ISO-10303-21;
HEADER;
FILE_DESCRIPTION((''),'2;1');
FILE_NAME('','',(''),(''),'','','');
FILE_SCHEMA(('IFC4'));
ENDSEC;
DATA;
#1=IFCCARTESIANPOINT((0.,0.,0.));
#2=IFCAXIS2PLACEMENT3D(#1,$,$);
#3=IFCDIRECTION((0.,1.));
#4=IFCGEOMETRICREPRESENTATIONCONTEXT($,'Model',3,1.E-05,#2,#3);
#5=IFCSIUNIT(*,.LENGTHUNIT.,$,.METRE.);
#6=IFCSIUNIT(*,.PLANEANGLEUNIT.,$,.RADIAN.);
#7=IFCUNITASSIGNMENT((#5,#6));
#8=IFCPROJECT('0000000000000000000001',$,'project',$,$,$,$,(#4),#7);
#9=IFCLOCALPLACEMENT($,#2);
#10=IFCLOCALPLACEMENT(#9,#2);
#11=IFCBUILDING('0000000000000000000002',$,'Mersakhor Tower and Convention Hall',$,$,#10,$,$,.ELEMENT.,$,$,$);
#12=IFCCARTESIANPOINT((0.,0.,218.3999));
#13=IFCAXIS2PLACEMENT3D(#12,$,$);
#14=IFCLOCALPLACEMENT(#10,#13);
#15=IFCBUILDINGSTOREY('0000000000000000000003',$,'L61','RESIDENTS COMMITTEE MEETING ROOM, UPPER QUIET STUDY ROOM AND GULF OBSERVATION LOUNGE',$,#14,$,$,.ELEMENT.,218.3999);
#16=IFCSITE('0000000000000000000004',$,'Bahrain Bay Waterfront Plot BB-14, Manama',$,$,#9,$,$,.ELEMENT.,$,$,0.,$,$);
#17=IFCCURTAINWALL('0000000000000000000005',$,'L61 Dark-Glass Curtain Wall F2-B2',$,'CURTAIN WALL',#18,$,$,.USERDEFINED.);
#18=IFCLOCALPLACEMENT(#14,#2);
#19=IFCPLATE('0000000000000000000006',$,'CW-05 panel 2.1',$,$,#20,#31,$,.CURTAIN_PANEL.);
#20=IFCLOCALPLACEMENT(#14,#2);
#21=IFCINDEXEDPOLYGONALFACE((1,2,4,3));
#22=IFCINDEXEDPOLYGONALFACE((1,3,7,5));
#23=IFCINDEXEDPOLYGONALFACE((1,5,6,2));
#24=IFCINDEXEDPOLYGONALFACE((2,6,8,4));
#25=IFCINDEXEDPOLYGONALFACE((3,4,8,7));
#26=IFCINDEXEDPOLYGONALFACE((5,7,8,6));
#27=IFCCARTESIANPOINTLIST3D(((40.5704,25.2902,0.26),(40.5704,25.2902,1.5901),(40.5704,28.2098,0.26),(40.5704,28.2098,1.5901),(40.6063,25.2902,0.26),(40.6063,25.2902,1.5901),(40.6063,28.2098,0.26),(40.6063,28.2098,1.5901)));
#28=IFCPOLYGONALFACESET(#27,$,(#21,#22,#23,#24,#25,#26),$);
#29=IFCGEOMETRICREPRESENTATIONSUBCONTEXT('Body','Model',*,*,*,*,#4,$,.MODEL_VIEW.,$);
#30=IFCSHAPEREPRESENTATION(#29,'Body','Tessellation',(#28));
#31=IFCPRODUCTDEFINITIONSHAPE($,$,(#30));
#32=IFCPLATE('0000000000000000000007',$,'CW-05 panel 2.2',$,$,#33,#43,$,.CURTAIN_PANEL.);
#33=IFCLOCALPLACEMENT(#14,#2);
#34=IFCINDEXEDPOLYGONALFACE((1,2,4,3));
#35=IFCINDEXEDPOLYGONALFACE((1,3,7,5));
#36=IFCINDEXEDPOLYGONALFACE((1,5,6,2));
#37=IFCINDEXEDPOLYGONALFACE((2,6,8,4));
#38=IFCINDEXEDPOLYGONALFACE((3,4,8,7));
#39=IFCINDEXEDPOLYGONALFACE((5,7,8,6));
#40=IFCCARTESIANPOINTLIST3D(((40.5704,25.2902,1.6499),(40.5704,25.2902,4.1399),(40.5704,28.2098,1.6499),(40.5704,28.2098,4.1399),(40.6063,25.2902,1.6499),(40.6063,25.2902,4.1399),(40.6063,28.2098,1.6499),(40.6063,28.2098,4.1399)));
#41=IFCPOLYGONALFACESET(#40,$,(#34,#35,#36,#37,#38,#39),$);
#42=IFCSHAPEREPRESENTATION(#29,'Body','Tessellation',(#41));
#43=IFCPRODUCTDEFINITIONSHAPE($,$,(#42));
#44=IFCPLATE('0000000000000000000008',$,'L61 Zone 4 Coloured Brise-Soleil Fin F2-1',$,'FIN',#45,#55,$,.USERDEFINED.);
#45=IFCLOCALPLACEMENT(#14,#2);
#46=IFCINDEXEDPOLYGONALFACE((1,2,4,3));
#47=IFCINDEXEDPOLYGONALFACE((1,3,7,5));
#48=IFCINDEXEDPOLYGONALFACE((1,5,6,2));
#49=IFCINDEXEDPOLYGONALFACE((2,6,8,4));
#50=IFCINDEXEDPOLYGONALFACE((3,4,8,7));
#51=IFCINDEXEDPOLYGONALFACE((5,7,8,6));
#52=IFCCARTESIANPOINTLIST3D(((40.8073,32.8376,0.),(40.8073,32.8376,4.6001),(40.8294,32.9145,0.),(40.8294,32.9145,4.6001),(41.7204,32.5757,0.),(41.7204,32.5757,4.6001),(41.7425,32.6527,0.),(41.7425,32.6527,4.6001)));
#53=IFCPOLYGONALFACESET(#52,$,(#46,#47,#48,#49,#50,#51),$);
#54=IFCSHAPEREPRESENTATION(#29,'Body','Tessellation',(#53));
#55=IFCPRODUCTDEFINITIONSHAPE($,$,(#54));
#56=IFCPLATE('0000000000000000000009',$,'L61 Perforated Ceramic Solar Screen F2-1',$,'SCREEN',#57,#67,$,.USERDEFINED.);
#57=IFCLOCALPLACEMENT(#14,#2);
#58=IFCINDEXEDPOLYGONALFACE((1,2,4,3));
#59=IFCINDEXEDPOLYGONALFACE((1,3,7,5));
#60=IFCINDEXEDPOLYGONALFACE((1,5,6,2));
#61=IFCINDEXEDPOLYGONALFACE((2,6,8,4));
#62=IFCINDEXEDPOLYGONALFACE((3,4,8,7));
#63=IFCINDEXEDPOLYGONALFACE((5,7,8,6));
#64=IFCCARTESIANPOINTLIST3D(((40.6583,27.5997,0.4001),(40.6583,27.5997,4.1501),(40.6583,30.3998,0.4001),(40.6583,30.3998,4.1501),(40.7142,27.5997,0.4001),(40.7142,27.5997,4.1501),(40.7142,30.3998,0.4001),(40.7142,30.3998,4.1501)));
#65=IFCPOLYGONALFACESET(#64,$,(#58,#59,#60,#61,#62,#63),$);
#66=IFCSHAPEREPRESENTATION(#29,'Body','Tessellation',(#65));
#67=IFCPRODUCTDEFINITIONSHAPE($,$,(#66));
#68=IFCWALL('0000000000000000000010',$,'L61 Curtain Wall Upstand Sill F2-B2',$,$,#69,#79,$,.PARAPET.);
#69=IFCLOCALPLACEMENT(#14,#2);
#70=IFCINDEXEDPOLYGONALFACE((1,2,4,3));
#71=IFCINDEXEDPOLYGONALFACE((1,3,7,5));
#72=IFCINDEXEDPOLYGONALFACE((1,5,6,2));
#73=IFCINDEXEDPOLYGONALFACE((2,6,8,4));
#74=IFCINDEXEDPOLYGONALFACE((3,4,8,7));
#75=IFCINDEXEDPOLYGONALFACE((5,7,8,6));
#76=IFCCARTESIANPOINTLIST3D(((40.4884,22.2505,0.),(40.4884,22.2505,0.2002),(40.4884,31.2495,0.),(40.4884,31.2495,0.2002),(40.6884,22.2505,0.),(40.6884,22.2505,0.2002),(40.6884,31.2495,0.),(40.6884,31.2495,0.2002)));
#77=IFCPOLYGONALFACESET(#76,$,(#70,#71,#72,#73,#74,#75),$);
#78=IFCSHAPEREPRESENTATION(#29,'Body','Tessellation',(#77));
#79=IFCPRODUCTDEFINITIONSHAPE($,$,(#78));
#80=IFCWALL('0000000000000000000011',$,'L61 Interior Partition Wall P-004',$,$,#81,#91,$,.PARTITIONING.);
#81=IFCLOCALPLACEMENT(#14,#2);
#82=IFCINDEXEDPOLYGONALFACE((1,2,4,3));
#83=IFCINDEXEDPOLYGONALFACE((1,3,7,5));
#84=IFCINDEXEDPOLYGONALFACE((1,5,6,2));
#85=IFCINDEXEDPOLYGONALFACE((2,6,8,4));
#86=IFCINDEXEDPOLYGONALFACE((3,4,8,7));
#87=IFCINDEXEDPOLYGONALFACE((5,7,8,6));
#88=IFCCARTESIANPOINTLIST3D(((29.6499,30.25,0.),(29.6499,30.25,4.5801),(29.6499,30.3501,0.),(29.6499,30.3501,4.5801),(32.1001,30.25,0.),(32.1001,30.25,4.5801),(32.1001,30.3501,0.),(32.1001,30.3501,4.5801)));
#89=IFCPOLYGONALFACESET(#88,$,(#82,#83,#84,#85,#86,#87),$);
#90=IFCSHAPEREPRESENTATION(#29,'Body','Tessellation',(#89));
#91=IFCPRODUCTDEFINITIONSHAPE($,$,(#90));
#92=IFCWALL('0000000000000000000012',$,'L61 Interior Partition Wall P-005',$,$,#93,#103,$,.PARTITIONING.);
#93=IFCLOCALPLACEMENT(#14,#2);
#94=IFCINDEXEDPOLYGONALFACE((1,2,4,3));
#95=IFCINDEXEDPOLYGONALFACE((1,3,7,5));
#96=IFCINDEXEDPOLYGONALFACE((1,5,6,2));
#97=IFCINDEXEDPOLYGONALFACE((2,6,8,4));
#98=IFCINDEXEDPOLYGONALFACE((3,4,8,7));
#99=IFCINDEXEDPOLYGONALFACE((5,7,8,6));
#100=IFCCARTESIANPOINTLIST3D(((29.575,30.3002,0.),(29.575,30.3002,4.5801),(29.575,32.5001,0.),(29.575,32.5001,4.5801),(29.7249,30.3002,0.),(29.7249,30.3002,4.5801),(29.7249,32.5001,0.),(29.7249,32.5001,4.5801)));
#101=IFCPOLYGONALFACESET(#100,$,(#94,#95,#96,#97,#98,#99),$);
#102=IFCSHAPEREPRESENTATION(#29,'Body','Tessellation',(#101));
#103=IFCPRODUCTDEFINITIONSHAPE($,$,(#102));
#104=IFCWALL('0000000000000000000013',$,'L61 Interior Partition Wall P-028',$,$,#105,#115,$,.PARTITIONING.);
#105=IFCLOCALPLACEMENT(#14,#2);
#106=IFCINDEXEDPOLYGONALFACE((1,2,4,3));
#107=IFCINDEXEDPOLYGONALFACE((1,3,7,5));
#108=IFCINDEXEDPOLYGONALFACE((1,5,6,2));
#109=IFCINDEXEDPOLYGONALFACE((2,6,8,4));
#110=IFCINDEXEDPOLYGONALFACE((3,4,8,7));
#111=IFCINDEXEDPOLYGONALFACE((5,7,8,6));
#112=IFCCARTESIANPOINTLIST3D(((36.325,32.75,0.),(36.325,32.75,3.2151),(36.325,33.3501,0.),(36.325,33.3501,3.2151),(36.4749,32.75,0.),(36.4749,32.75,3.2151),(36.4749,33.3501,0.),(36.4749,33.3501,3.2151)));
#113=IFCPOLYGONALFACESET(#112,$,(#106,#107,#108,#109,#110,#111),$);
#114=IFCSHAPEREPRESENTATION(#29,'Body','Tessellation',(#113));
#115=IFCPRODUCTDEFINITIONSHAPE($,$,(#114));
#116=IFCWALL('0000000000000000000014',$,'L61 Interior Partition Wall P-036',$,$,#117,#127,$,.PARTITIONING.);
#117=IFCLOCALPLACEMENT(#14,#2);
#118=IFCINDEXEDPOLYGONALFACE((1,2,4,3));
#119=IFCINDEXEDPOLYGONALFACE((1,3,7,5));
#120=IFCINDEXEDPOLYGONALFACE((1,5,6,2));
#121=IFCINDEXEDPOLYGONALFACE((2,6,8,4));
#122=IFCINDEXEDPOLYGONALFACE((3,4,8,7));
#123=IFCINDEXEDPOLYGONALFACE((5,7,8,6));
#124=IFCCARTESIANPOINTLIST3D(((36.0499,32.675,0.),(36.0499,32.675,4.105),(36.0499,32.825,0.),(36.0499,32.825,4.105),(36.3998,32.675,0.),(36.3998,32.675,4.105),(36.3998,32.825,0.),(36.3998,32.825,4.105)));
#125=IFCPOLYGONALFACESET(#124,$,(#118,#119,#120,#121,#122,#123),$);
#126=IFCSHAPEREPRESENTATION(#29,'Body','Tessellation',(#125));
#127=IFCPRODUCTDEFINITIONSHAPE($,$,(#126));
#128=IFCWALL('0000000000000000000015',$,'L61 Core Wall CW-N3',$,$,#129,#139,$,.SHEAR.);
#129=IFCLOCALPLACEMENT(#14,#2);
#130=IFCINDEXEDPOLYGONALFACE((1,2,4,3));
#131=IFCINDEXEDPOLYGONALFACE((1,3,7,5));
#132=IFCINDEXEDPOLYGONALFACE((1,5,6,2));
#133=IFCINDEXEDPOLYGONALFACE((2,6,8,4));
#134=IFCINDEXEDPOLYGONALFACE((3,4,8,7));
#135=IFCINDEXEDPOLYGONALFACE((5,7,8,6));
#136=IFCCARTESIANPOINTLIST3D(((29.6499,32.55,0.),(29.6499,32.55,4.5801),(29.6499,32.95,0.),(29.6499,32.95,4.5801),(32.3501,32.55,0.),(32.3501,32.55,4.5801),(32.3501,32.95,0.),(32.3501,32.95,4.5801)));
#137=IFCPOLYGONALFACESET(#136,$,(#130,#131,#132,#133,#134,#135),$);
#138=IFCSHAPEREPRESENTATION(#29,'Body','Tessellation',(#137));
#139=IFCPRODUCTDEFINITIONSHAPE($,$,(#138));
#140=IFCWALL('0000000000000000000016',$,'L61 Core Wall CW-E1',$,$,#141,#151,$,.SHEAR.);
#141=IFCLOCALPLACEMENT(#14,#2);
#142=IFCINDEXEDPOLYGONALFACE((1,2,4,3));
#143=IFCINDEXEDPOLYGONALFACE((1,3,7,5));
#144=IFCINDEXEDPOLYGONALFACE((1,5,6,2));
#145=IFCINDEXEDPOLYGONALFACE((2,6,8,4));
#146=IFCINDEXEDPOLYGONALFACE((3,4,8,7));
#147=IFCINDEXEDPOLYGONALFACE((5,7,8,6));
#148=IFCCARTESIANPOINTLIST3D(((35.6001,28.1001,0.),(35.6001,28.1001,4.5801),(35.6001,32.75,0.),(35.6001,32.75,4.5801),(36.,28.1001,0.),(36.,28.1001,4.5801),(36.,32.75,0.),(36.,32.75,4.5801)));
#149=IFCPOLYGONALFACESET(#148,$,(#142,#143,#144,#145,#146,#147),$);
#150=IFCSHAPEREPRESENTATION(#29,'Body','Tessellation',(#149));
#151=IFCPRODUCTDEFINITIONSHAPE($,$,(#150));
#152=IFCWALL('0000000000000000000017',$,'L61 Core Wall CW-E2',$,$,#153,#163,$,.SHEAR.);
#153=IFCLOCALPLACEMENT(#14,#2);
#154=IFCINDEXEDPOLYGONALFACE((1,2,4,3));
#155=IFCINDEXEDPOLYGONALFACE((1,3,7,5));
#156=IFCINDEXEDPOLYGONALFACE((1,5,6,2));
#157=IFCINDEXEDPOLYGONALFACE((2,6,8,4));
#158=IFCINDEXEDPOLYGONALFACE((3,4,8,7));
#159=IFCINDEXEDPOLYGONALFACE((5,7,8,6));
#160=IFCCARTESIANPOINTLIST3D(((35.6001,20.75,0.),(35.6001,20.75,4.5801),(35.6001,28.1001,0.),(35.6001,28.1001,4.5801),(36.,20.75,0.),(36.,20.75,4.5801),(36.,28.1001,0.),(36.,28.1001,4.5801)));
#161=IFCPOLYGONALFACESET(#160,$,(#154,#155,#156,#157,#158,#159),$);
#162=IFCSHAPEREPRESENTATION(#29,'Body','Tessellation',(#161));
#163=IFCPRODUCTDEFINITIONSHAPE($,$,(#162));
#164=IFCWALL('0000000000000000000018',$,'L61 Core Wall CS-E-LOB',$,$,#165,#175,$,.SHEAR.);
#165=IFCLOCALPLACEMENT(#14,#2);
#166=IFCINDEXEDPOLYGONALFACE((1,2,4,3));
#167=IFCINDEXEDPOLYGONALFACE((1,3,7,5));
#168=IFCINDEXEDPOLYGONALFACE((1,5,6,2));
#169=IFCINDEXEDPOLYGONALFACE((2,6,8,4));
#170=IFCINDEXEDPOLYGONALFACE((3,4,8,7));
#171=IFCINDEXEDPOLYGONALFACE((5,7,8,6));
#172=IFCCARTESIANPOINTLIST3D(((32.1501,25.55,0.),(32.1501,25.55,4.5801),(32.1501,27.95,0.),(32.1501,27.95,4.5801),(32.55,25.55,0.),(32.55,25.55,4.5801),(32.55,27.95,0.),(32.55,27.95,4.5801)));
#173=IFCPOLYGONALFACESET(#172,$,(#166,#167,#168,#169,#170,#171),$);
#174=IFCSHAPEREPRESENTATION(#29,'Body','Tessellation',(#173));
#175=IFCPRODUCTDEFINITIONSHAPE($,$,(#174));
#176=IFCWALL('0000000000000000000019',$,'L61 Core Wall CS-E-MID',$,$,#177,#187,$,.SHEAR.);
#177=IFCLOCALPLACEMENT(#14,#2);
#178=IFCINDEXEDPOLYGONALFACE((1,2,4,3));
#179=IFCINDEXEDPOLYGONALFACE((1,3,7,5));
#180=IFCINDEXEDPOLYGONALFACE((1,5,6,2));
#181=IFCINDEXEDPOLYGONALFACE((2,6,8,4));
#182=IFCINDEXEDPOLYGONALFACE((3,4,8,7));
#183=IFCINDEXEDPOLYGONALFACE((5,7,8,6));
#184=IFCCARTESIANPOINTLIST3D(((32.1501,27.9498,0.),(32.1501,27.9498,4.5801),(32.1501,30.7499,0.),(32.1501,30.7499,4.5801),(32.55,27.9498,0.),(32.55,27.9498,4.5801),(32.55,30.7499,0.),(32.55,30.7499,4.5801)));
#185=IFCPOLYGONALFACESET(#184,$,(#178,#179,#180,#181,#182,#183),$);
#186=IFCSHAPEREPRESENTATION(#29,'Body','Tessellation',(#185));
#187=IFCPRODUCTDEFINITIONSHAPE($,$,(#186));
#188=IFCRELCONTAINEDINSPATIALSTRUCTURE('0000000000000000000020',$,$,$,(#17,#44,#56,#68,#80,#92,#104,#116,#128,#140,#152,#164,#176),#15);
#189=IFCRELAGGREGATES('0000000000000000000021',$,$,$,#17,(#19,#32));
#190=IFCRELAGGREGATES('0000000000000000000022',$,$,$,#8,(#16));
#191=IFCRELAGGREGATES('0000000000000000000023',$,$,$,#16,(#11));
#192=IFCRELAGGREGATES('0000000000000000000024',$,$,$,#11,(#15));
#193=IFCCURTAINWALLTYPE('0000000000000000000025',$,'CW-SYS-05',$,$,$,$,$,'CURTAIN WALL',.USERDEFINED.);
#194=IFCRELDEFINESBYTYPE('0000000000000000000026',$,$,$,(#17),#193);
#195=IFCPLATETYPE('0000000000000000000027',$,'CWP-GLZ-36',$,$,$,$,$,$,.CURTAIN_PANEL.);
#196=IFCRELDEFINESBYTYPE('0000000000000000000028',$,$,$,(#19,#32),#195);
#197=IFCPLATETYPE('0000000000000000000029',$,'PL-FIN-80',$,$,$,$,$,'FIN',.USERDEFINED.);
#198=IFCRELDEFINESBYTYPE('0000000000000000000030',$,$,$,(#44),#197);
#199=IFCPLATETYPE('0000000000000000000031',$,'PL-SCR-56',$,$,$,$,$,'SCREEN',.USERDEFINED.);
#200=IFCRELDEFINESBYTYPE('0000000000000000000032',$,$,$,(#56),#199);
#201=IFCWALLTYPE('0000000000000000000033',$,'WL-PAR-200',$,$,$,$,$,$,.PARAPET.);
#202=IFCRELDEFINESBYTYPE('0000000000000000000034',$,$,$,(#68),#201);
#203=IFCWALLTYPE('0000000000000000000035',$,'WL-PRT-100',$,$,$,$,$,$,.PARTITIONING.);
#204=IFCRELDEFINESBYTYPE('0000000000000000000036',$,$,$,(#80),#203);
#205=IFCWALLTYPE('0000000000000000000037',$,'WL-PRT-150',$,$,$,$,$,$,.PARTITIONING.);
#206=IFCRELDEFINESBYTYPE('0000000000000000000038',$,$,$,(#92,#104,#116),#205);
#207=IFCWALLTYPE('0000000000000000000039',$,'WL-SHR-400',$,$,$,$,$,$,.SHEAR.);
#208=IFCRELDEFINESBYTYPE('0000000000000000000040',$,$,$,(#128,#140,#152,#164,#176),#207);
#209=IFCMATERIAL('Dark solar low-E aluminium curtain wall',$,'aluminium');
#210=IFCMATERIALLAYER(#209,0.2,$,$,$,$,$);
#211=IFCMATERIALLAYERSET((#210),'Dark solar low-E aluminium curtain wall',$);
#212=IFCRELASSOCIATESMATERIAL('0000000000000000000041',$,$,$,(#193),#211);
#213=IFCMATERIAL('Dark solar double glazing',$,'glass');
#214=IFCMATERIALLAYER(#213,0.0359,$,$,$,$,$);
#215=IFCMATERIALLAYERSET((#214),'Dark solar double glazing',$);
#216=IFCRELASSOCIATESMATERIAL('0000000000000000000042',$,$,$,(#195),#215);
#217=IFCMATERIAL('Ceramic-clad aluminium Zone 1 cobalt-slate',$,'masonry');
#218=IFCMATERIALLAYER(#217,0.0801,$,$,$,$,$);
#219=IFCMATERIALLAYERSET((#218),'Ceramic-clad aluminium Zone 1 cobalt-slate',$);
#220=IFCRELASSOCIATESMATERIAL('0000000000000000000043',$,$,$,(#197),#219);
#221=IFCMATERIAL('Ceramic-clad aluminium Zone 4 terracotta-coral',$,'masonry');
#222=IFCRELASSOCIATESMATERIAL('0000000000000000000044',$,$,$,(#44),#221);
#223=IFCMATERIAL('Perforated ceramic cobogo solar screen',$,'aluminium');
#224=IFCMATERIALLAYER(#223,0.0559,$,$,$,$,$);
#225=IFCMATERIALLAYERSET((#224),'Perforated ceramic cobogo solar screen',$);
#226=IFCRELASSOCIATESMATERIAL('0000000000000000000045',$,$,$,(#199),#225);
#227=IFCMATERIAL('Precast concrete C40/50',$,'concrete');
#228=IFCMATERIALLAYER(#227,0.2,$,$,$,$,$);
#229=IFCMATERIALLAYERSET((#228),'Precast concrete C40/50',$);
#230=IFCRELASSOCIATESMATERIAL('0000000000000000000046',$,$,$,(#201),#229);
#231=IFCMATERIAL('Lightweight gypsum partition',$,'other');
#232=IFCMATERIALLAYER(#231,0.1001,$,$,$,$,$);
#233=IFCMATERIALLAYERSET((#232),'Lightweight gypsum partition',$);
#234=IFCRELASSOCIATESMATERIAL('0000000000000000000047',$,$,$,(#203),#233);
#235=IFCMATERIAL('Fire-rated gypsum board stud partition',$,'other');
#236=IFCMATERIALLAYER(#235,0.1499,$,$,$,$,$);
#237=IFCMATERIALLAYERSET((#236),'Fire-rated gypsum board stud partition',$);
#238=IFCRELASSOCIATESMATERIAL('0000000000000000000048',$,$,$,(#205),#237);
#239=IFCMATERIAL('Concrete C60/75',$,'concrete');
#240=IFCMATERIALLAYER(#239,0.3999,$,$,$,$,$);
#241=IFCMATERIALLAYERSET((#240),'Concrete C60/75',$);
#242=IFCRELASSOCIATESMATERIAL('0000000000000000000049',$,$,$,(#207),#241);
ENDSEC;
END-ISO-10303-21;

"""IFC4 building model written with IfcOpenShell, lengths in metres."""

from ifc_helpers import new_model, si_unit, direction, frame, frame_2d, origin, origin_2d, place, context, subcontext, project, spatial, rectangle, extrude, material, layer, layer_set, type_object, element, aggregate, save


model = new_model("IFC4")

# Units and contexts
model_context = context("Model", 3, precision=1e-05, world=origin(), true_north=direction((0.0, 1.0)))
body_context = subcontext(model_context, "Body", "Model", "MODEL_VIEW")
ifc_project = project(units=[si_unit("LENGTHUNIT", "METRE"), si_unit("PLANEANGLEUNIT", "RADIAN")], contexts=[model_context])

# Site, building, storey
site_placement = place(None, origin())
site = spatial("IfcSite", under=ifc_project, at=site_placement, Name="Bahrain Bay Waterfront Plot BB-14, Manama", CompositionType="ELEMENT", RefElevation=0.0)
building_placement = place(site_placement, origin())
building = spatial("IfcBuilding", under=site, at=building_placement, Name="Mersakhor Tower and Convention Hall", CompositionType="ELEMENT")
storey_placement = place(building_placement, frame((0.0, 0.0, 218.3999)))
storey = spatial("IfcBuildingStorey", under=building, at=storey_placement, Name="L61", Description="RESIDENTS COMMITTEE MEETING ROOM, UPPER QUIET STUDY ROOM AND GULF OBSERVATION LOUNGE", CompositionType="ELEMENT", Elevation=218.3999)

# Curtain wall, plates
ifc_material_1 = material(Name="Dark solar low-E aluminium curtain wall", Category="aluminium")
ifc_layer_1 = layer(ifc_material_1, 0.2)
ifc_layer_set_1 = layer_set([ifc_layer_1], Name="Dark solar low-E aluminium curtain wall")
curtain_wall_type = type_object("IfcCurtainWallType", Name="CW-SYS-05", ElementType="CURTAIN WALL", PredefinedType="USERDEFINED", material=ifc_layer_set_1)
curtain_wall_placement = place(storey_placement, origin())
curtain_wall = element("IfcCurtainWall", 1, at=curtain_wall_placement, inside=storey, type_object=curtain_wall_type, Name="L61 Dark-Glass Curtain Wall F2-B2", ObjectType="CURTAIN WALL", PredefinedType="USERDEFINED")
ifc_material_2 = material(Name="Dark solar double glazing", Category="glass")
ifc_layer_2 = layer(ifc_material_2, 0.0359)
ifc_layer_set_2 = layer_set([ifc_layer_2], Name="Dark solar double glazing")
plate_type_1 = type_object("IfcPlateType", Name="CWP-GLZ-36", PredefinedType="CURTAIN_PANEL", material=ifc_layer_set_2)
plate_1_placement = place(storey_placement, frame((40.5884, 26.75, 0.26), z_axis=(0.0, 0.0, 1.0), x_axis=(0.0, -1.0, 0.0)))
plate_1 = element("IfcPlate", 2, at=plate_1_placement, type_object=plate_type_1, Name="CW-05 panel 2.1", PredefinedType="CURTAIN_PANEL", context=body_context, shape_type="SweptSolid", body=[
    extrude(rectangle(XDim=2.9197, YDim=0.0359, at=origin_2d()), origin(), (0.0, 0.0, 1.0), 1.3301),
])
plate_2_placement = place(storey_placement, frame((40.5884, 26.75, 1.6499), z_axis=(0.0, 0.0, 1.0), x_axis=(0.0, -1.0, 0.0)))
plate_2 = element("IfcPlate", 3, at=plate_2_placement, type_object=plate_type_1, Name="CW-05 panel 2.2", PredefinedType="CURTAIN_PANEL", context=body_context, shape_type="SweptSolid", body=[
    extrude(rectangle(XDim=2.9197, YDim=0.0359, at=origin_2d()), origin(), (0.0, 0.0, 1.0), 2.49),
])
aggregate(curtain_wall, [plate_1, plate_2])

# Plates
ifc_material_3 = material(Name="Ceramic-clad aluminium Zone 4 terracotta-coral", Category="masonry")
ifc_material_4 = material(Name="Ceramic-clad aluminium Zone 1 cobalt-slate", Category="masonry")
ifc_layer_3 = layer(ifc_material_4, 0.0801)
ifc_layer_set_3 = layer_set([ifc_layer_3], Name="Ceramic-clad aluminium Zone 1 cobalt-slate")
plate_type_2 = type_object("IfcPlateType", Name="PL-FIN-80", ElementType="FIN", PredefinedType="USERDEFINED", material=ifc_layer_set_3)
plate_3_placement = place(storey_placement, frame((41.2749, 32.7451, 0.0), z_axis=(0.0, 0.0, 1.0), x_axis=(0.961262, -0.275637, 0.0)))
element("IfcPlate", 4, at=plate_3_placement, inside=storey, type_object=plate_type_2, material=ifc_material_3, Name="L61 Zone 4 Coloured Brise-Soleil Fin F2-1", ObjectType="FIN", PredefinedType="USERDEFINED", context=body_context, shape_type="SweptSolid", body=[
    extrude(rectangle(XDim=0.95, YDim=0.0801, at=origin_2d()), origin(), (0.0, 0.0, 1.0), 4.6001),
])
ifc_material_5 = material(Name="Perforated ceramic cobogo solar screen", Category="aluminium")
ifc_layer_4 = layer(ifc_material_5, 0.0559)
ifc_layer_set_4 = layer_set([ifc_layer_4], Name="Perforated ceramic cobogo solar screen")
plate_type_3 = type_object("IfcPlateType", Name="PL-SCR-56", ElementType="SCREEN", PredefinedType="USERDEFINED", material=ifc_layer_set_4)
plate_4_placement = place(storey_placement, frame((40.6863, 28.9998, 0.4001), z_axis=(0.0, 0.0, 1.0), x_axis=(0.0, -1.0, 0.0)))
element("IfcPlate", 5, at=plate_4_placement, inside=storey, type_object=plate_type_3, Name="L61 Perforated Ceramic Solar Screen F2-1", ObjectType="SCREEN", PredefinedType="USERDEFINED", context=body_context, shape_type="SweptSolid", body=[
    extrude(rectangle(XDim=2.8, YDim=0.0559, at=origin_2d()), origin(), (0.0, 0.0, 1.0), 3.75),
])

# Walls
ifc_material_6 = material(Name="Precast concrete C40/50", Category="concrete")
ifc_layer_5 = layer(ifc_material_6, 0.2)
ifc_layer_set_5 = layer_set([ifc_layer_5], Name="Precast concrete C40/50")
wall_type_1 = type_object("IfcWallType", Name="WL-PAR-200", PredefinedType="PARAPET", material=ifc_layer_set_5)
wall_1_placement = place(storey_placement, frame((40.5884, 31.2495, 0.0), z_axis=(0.0, 0.0, 1.0), x_axis=(0.0, -1.0, 0.0)))
element("IfcWall", 6, at=wall_1_placement, inside=storey, type_object=wall_type_1, Name="L61 Curtain Wall Upstand Sill F2-B2", PredefinedType="PARAPET", context=body_context, shape_type="SweptSolid", body=[
    extrude(rectangle(XDim=8.999, YDim=0.2, at=frame_2d((4.4995, 0.0))), origin(), (0.0, 0.0, 1.0), 0.2002),
])
ifc_material_7 = material(Name="Lightweight gypsum partition", Category="other")
ifc_layer_6 = layer(ifc_material_7, 0.1001)
ifc_layer_set_6 = layer_set([ifc_layer_6], Name="Lightweight gypsum partition")
wall_type_2 = type_object("IfcWallType", Name="WL-PRT-100", PredefinedType="PARTITIONING", material=ifc_layer_set_6)
wall_2_placement = place(storey_placement, frame((32.1001, 30.3, 0.0), z_axis=(0.0, 0.0, 1.0), x_axis=(-1.0, 0.0, 0.0)))
element("IfcWall", 7, at=wall_2_placement, inside=storey, type_object=wall_type_2, Name="L61 Interior Partition Wall P-004", PredefinedType="PARTITIONING", context=body_context, shape_type="SweptSolid", body=[
    extrude(rectangle(XDim=2.4502, YDim=0.1001, at=frame_2d((1.2251, 0.0))), origin(), (0.0, 0.0, 1.0), 4.5801),
])
ifc_material_8 = material(Name="Fire-rated gypsum board stud partition", Category="other")
ifc_layer_7 = layer(ifc_material_8, 0.1499)
ifc_layer_set_7 = layer_set([ifc_layer_7], Name="Fire-rated gypsum board stud partition")
wall_type_3 = type_object("IfcWallType", Name="WL-PRT-150", PredefinedType="PARTITIONING", material=ifc_layer_set_7)
wall_3_placement = place(storey_placement, frame((29.6499, 30.3, 0.0), z_axis=(0.0, 0.0, 1.0), x_axis=(0.0, 1.0, 0.0)))
element("IfcWall", 8, at=wall_3_placement, inside=storey, type_object=wall_type_3, Name="L61 Interior Partition Wall P-005", PredefinedType="PARTITIONING", context=body_context, shape_type="SweptSolid", body=[
    extrude(rectangle(XDim=2.2, YDim=0.1499, at=frame_2d((1.1001, 0.0))), origin(), (0.0, 0.0, 1.0), 4.5801),
])
wall_4_placement = place(storey_placement, frame((36.3999, 32.75, 0.0), z_axis=(0.0, 0.0, 1.0), x_axis=(0.0, 1.0, 0.0)))
element("IfcWall", 9, at=wall_4_placement, inside=storey, type_object=wall_type_3, Name="L61 Interior Partition Wall P-028", PredefinedType="PARTITIONING", context=body_context, shape_type="SweptSolid", body=[
    extrude(rectangle(XDim=0.6001, YDim=0.1499, at=frame_2d((0.3, 0.0))), origin(), (0.0, 0.0, 1.0), 3.2151),
])
wall_5_placement = place(storey_placement, frame((36.05, 32.75, 0.0), z_axis=(0.0, 0.0, 1.0), x_axis=(1.0, 0.0, 0.0)))
element("IfcWall", 10, at=wall_5_placement, inside=storey, type_object=wall_type_3, Name="L61 Interior Partition Wall P-036", PredefinedType="PARTITIONING", context=body_context, shape_type="SweptSolid", body=[
    extrude(rectangle(XDim=0.3499, YDim=0.1499, at=frame_2d((0.1748, 0.0))), origin(), (0.0, 0.0, 1.0), 4.105),
])

# Wall
ifc_material_9 = material(Name="Concrete C60/75", Category="concrete")
ifc_layer_8 = layer(ifc_material_9, 0.3999)
ifc_layer_set_8 = layer_set([ifc_layer_8], Name="Concrete C60/75")
wall_type_4 = type_object("IfcWallType", Name="WL-SHR-400", PredefinedType="SHEAR", material=ifc_layer_set_8)
wall_6_placement = place(storey_placement, frame((29.6499, 32.75, 0.0), z_axis=(0.0, 0.0, 1.0), x_axis=(1.0, 0.0, 0.0)))
element("IfcWall", 11, at=wall_6_placement, inside=storey, type_object=wall_type_4, Name="L61 Core Wall CW-N3", PredefinedType="SHEAR", context=body_context, shape_type="SweptSolid", body=[
    extrude(rectangle(XDim=2.7002, YDim=0.3999, at=frame_2d((1.3501, 0.0))), origin(), (0.0, 0.0, 1.0), 4.5801),
])

# Walls
wall_7_placement = place(storey_placement, frame((35.8, 32.75, 0.0), z_axis=(0.0, 0.0, 1.0), x_axis=(0.0, -1.0, 0.0)))
element("IfcWall", 12, at=wall_7_placement, inside=storey, type_object=wall_type_4, Name="L61 Core Wall CW-E1", PredefinedType="SHEAR", context=body_context, shape_type="SweptSolid", body=[
    extrude(rectangle(XDim=4.6499, YDim=0.3999, at=frame_2d((2.325, 0.0))), origin(), (0.0, 0.0, 1.0), 4.5801),
])
wall_8_placement = place(storey_placement, frame((35.8, 28.1001, 0.0), z_axis=(0.0, 0.0, 1.0), x_axis=(0.0, -1.0, 0.0)))
element("IfcWall", 13, at=wall_8_placement, inside=storey, type_object=wall_type_4, Name="L61 Core Wall CW-E2", PredefinedType="SHEAR", context=body_context, shape_type="SweptSolid", body=[
    extrude(rectangle(XDim=7.3501, YDim=0.3999, at=frame_2d((3.675, 0.0))), origin(), (0.0, 0.0, 1.0), 4.5801),
])
wall_9_placement = place(storey_placement, frame((32.3501, 25.55, 0.0), z_axis=(0.0, 0.0, 1.0), x_axis=(0.0, 1.0, 0.0)))
element("IfcWall", 14, at=wall_9_placement, inside=storey, type_object=wall_type_4, Name="L61 Core Wall CS-E-LOB", PredefinedType="SHEAR", context=body_context, shape_type="SweptSolid", body=[
    extrude(rectangle(XDim=2.3999, YDim=0.3999, at=frame_2d((1.2, 0.0))), origin(), (0.0, 0.0, 1.0), 4.5801),
])
wall_10_placement = place(storey_placement, frame((32.3501, 27.95, 0.0), z_axis=(0.0, 0.0, 1.0), x_axis=(0.0, 1.0, 0.0)))
element("IfcWall", 15, at=wall_10_placement, inside=storey, type_object=wall_type_4, Name="L61 Core Wall CS-E-MID", PredefinedType="SHEAR", context=body_context, shape_type="SweptSolid", body=[
    extrude(rectangle(XDim=2.8, YDim=0.3999, at=frame_2d((1.3999, 0.0))), origin(), (0.0, 0.0, 1.0), 4.5801),
])

save(model, "model.ifc")
